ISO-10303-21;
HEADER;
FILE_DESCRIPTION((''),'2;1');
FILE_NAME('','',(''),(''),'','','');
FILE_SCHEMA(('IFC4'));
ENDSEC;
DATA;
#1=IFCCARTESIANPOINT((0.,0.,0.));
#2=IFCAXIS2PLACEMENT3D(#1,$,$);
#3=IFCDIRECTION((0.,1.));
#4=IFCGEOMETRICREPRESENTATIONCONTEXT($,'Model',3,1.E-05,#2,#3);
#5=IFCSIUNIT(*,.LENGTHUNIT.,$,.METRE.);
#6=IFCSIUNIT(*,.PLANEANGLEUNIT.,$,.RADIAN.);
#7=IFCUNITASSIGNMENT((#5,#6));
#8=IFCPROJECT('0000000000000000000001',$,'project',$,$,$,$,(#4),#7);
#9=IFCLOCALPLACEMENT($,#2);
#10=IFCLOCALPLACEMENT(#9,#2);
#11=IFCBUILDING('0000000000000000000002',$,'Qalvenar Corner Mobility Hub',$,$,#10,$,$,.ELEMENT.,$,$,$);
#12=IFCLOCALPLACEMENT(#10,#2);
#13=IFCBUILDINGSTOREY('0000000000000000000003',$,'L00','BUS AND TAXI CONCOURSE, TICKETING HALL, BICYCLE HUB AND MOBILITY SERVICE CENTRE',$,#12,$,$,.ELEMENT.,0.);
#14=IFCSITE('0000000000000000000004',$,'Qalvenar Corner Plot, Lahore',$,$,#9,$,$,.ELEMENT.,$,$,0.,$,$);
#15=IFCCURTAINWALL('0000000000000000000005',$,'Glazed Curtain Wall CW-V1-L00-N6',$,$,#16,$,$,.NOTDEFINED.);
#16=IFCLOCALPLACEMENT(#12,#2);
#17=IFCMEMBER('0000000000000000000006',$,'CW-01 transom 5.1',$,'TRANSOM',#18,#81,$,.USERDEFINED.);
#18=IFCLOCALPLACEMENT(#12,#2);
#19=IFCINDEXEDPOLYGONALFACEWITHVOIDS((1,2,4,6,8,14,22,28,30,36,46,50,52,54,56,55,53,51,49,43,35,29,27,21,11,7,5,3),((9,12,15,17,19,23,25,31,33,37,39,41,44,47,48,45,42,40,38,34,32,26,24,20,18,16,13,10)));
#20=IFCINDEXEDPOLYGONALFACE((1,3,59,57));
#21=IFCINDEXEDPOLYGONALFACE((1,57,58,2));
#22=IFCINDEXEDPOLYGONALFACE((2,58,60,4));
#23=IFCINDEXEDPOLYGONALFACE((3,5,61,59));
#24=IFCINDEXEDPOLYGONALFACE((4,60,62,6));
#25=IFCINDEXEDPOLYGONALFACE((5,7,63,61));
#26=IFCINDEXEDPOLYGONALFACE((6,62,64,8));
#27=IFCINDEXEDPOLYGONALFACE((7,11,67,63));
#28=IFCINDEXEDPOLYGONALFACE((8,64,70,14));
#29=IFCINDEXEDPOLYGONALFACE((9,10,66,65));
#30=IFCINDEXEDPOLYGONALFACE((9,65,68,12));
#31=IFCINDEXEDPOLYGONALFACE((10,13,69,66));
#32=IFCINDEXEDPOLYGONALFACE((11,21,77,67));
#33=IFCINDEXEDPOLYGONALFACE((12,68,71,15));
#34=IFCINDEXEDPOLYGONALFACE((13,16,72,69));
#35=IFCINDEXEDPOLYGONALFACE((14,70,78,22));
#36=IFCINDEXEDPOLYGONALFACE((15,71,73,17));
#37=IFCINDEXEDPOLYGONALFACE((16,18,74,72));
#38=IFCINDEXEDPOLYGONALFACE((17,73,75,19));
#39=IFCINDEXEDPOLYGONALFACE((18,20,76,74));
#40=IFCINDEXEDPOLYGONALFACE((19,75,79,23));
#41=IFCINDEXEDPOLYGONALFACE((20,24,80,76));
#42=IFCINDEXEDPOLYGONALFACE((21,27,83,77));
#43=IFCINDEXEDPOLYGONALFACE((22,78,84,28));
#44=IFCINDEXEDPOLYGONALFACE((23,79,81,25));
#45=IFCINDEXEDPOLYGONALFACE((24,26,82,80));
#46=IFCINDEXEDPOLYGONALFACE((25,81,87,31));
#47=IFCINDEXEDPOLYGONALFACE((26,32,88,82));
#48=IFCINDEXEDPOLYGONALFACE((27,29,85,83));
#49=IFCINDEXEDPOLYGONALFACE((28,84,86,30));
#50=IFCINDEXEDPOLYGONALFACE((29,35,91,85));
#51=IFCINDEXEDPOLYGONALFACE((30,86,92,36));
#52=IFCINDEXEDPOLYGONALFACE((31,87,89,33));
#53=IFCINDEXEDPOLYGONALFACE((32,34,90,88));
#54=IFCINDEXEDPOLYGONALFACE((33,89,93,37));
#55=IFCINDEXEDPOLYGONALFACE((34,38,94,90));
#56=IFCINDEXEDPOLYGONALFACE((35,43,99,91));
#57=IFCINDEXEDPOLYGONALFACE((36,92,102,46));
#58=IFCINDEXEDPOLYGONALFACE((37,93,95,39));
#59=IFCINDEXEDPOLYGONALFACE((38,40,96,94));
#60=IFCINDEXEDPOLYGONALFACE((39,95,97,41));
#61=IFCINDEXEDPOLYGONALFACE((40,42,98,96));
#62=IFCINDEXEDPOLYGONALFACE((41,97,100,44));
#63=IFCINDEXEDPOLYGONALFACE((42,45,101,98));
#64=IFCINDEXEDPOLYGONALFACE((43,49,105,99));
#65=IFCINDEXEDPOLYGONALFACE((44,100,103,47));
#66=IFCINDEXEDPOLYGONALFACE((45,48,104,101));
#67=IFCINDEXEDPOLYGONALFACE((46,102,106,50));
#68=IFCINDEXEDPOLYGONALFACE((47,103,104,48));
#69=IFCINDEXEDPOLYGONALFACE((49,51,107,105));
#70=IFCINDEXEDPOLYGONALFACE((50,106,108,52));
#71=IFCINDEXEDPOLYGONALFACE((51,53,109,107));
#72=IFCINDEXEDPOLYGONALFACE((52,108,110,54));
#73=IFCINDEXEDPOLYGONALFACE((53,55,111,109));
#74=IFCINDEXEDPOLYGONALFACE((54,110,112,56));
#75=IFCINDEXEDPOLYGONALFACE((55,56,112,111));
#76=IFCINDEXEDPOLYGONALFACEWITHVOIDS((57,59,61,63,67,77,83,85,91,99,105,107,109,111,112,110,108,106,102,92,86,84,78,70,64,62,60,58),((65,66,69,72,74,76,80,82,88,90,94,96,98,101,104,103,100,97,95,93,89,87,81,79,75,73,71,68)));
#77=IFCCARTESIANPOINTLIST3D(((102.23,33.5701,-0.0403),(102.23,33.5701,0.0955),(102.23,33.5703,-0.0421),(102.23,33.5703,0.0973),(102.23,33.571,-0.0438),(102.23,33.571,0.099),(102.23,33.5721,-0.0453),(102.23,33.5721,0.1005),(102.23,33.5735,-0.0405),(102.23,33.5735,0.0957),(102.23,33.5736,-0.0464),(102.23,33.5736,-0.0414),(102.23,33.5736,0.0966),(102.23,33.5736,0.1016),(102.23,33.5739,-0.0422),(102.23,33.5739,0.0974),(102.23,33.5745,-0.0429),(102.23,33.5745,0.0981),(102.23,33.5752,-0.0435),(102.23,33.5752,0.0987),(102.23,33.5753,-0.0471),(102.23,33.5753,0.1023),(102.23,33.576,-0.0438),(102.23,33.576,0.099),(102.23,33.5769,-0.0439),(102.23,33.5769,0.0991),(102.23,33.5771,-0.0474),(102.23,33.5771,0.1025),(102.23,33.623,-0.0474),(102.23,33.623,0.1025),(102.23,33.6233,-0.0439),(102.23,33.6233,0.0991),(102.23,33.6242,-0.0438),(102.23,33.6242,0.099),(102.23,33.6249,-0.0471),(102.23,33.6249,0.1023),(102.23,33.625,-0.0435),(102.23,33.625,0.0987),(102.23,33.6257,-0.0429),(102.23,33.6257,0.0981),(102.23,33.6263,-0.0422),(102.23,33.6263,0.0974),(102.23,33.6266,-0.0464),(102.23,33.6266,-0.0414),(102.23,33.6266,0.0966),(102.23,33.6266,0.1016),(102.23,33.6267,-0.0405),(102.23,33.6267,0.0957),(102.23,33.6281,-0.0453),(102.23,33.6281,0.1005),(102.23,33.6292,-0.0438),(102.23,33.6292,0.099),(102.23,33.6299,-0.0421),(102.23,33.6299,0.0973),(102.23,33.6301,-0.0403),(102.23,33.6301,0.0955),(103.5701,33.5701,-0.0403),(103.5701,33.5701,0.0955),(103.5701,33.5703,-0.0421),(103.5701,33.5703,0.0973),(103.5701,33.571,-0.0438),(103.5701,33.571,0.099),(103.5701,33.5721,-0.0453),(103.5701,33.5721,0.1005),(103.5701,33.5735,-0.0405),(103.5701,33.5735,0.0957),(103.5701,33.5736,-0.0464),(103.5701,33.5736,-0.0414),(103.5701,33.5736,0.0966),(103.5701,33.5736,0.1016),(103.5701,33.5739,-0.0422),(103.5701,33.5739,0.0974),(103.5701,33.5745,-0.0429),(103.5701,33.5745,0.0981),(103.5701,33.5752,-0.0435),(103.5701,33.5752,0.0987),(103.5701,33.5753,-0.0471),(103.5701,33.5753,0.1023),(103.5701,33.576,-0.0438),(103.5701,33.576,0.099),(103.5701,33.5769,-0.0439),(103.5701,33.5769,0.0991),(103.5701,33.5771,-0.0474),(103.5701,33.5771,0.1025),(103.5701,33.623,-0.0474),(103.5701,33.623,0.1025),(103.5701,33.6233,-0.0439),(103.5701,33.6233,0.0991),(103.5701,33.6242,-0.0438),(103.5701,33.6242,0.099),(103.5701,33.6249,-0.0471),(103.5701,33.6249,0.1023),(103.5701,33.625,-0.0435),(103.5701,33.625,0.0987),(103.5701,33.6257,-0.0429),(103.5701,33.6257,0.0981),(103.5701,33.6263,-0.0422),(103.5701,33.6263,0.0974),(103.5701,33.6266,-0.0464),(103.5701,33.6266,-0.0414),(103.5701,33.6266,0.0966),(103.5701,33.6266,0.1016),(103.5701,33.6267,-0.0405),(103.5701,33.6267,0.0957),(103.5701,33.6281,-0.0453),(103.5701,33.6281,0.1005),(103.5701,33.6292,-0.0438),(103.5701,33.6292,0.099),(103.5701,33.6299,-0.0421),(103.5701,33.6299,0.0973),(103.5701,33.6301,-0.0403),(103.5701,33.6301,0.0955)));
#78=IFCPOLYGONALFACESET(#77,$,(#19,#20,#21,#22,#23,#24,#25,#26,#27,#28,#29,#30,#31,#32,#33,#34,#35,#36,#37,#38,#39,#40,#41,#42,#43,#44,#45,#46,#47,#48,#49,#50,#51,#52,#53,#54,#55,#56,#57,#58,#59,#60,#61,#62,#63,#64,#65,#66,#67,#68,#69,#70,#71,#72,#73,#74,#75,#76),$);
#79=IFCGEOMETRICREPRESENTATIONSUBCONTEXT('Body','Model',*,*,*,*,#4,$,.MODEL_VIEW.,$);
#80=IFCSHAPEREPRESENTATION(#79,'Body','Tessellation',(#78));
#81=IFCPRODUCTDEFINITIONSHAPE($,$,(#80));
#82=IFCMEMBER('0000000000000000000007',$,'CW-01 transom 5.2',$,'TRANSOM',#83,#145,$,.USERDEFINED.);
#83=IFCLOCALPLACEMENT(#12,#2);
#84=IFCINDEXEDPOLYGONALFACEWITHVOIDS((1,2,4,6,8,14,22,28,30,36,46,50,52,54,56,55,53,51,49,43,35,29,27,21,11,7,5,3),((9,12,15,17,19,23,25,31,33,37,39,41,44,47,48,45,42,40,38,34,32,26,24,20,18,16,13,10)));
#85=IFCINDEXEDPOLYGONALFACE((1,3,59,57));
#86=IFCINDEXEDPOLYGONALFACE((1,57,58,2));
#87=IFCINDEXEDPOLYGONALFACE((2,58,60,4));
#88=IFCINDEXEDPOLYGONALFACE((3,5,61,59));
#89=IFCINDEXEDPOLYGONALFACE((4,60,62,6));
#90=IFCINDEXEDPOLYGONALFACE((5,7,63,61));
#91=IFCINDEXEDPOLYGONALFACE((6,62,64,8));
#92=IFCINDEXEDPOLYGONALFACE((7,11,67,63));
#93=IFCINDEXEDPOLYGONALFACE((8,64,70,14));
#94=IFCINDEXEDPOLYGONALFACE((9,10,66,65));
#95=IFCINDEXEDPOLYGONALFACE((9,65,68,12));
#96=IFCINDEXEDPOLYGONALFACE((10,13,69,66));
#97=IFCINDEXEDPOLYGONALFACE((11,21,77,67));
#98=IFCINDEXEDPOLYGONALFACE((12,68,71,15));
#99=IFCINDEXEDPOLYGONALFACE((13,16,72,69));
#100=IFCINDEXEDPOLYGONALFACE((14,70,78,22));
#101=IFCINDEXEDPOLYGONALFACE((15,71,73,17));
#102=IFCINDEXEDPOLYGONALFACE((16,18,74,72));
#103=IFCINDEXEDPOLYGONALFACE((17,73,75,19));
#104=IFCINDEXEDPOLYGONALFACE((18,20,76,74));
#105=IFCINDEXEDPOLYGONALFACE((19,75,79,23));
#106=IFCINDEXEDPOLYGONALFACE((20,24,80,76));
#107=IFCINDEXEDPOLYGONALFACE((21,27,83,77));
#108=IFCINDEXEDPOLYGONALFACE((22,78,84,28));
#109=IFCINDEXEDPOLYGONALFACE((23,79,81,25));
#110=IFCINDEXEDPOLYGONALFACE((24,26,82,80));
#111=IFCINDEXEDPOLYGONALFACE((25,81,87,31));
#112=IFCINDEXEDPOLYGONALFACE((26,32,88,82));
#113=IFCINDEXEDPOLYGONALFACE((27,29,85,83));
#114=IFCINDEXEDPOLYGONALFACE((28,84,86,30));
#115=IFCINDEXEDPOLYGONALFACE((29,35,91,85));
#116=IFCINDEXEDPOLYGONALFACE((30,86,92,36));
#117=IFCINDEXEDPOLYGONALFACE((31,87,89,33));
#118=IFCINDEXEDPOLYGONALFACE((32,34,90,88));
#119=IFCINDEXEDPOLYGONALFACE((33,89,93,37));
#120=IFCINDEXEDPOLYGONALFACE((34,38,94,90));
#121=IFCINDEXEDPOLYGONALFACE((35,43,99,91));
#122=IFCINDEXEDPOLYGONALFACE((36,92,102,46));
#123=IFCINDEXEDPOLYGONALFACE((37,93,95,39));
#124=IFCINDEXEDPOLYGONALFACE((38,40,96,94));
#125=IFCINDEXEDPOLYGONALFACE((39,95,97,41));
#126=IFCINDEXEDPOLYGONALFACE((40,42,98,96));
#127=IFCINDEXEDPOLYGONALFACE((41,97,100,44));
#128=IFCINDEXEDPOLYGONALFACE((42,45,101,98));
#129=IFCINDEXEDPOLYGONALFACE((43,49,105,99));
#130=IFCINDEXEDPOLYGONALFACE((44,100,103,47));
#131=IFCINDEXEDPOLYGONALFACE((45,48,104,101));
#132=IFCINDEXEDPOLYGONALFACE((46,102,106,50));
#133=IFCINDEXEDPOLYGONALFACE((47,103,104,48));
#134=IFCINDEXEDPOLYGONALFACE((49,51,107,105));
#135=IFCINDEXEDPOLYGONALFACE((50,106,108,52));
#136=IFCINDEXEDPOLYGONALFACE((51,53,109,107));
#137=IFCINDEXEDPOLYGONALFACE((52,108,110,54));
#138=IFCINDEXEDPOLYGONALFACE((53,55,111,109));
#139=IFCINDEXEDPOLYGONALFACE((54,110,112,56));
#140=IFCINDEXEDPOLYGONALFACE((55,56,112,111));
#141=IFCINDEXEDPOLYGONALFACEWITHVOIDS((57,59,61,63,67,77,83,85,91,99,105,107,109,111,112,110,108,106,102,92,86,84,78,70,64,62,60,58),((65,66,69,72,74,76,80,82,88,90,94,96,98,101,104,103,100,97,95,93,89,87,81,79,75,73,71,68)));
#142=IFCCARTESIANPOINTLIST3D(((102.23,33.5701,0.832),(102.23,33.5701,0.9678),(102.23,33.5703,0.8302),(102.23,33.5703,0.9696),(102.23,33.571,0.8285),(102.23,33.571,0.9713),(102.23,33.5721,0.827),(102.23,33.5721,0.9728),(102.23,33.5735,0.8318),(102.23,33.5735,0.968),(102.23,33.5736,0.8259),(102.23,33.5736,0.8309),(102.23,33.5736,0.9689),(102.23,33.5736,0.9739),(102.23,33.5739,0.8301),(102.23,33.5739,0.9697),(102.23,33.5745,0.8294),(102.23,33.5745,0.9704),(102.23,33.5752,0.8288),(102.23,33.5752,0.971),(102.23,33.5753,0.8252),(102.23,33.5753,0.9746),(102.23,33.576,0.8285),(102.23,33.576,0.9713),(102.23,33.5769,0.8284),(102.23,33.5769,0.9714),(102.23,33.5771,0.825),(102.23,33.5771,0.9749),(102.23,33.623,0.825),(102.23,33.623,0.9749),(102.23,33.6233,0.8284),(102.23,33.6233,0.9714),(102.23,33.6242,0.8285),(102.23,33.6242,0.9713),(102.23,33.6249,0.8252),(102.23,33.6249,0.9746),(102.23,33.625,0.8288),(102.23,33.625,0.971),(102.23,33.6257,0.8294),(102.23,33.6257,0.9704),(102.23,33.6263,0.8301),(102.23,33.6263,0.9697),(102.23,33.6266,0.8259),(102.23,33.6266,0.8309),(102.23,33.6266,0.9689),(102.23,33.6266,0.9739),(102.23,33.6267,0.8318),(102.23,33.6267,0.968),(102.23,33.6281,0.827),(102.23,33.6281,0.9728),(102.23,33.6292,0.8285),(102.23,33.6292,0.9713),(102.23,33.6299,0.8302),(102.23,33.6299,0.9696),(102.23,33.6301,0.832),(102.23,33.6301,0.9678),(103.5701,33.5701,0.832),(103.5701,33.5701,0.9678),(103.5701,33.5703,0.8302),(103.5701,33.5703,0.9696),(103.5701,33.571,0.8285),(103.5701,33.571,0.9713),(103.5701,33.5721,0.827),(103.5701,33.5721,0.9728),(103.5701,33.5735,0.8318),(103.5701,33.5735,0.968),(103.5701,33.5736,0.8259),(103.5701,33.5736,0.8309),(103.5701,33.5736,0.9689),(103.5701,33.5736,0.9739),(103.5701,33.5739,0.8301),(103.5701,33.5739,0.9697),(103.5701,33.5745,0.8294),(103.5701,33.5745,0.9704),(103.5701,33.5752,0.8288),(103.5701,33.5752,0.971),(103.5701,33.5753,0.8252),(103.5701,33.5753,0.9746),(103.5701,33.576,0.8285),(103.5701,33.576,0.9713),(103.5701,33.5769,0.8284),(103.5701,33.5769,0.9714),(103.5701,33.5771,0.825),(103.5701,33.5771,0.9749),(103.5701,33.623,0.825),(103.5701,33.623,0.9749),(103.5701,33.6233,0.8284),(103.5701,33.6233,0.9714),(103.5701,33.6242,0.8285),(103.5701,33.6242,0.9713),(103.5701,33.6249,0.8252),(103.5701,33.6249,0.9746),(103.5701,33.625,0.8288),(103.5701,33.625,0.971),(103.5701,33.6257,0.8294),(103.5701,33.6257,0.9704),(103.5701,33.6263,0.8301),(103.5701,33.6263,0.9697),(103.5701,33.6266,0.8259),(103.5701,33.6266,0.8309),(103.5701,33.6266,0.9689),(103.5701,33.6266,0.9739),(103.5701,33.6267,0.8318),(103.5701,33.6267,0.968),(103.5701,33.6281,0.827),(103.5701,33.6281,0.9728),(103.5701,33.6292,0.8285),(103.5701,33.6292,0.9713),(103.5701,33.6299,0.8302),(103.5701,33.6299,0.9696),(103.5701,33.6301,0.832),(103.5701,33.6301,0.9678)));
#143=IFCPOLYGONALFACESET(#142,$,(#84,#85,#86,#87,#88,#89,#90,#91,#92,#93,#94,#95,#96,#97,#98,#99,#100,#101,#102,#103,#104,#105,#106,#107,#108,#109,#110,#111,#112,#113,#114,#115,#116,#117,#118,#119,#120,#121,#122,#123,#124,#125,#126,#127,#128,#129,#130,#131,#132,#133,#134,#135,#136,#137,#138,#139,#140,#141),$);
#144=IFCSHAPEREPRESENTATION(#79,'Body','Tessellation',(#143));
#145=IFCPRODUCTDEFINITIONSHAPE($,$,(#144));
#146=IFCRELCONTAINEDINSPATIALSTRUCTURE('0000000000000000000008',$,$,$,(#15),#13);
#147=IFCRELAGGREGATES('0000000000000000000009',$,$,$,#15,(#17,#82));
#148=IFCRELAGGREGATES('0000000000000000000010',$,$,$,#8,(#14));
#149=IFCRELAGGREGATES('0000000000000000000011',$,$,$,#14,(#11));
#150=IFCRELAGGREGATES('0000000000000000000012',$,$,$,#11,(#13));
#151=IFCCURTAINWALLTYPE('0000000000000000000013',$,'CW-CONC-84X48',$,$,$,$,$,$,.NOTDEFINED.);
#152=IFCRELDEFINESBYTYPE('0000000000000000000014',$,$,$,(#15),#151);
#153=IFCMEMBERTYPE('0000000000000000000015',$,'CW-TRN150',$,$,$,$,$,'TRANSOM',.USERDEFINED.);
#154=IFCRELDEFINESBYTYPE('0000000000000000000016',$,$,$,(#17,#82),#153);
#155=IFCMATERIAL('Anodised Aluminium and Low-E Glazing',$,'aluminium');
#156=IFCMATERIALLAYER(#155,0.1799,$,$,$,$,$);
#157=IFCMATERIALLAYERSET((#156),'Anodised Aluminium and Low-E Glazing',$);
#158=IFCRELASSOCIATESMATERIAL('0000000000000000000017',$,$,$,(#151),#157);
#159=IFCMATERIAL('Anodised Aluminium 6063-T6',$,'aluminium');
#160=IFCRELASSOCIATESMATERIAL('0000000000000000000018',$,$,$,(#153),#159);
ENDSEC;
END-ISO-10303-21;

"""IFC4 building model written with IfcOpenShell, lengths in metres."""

from ifc_helpers import new_model, si_unit, direction, frame, origin, origin_2d, place, context, subcontext, project, spatial, hollow_rectangle, extrude, material, layer, layer_set, material_profile, profile_set, type_object, element, aggregate, save


model = new_model("IFC4")

# Units and contexts
model_context = context("Model", 3, precision=1e-05, world=origin(), true_north=direction((0.0, 1.0)))
body_context = subcontext(model_context, "Body", "Model", "MODEL_VIEW")
ifc_project = project(units=[si_unit("LENGTHUNIT", "METRE"), si_unit("PLANEANGLEUNIT", "RADIAN")], contexts=[model_context])

# Site, building, storey
site_placement = place(None, origin())
site = spatial("IfcSite", under=ifc_project, at=site_placement, Name="Qalvenar Corner Plot, Lahore", CompositionType="ELEMENT", RefElevation=0.0)
building_placement = place(site_placement, origin())
building = spatial("IfcBuilding", under=site, at=building_placement, Name="Qalvenar Corner Mobility Hub", CompositionType="ELEMENT")
storey_placement = place(building_placement, origin())
storey = spatial("IfcBuildingStorey", under=building, at=storey_placement, Name="L00", Description="BUS AND TAXI CONCOURSE, TICKETING HALL, BICYCLE HUB AND MOBILITY SERVICE CENTRE", CompositionType="ELEMENT", Elevation=0.0)

# Curtain wall, members
ifc_material_1 = material(Name="Anodised Aluminium and Low-E Glazing", Category="aluminium")
ifc_layer_1 = layer(ifc_material_1, 0.1799)
ifc_layer_set_1 = layer_set([ifc_layer_1], Name="Anodised Aluminium and Low-E Glazing")
curtain_wall_type = type_object("IfcCurtainWallType", Name="CW-CONC-84X48", PredefinedType="NOTDEFINED", material=ifc_layer_set_1)
curtain_wall_placement = place(storey_placement, origin())
curtain_wall = element("IfcCurtainWall", 1, at=curtain_wall_placement, inside=storey, type_object=curtain_wall_type, Name="Glazed Curtain Wall CW-V1-L00-N6", PredefinedType="NOTDEFINED")
ifc_material_2 = material(Name="Anodised Aluminium 6063-T6", Category="aluminium")
ifc_material_profile_1 = material_profile(ifc_material_2, hollow_rectangle(XDim=0.0601, YDim=0.1499, WallThickness=0.0034, InnerFilletRadius=0.0034, OuterFilletRadius=0.0071, at=origin_2d()), Name="RHS150x60x3.5")
ifc_profile_set_1 = profile_set([ifc_material_profile_1], Name="Anodised Aluminium 6063-T6")
member_type_1 = type_object("IfcMemberType", Name="CW-TRN150", ElementType="TRANSOM", PredefinedType="USERDEFINED", material=ifc_profile_set_1)
member_1_placement = place(storey_placement, frame((103.5701, 33.6001, 0.0276), z_axis=(-1.0, 0.0, 0.0), x_axis=(0.0, -1.0, 0.0)))
member_1 = element("IfcMember", 2, at=member_1_placement, type_object=member_type_1, Name="CW-01 transom 5.1", ObjectType="TRANSOM", PredefinedType="USERDEFINED", context=body_context, shape_type="SweptSolid", body=[
    extrude(hollow_rectangle(XDim=0.0601, YDim=0.1499, WallThickness=0.0034, InnerFilletRadius=0.0034, OuterFilletRadius=0.0071, at=origin_2d()), origin(), (0.0, 0.0, 1.0), 1.3401),
])
member_2_placement = place(storey_placement, frame((103.5701, 33.6001, 0.8999), z_axis=(-1.0, 0.0, 0.0), x_axis=(0.0, -1.0, 0.0)))
member_2 = element("IfcMember", 3, at=member_2_placement, type_object=member_type_1, Name="CW-01 transom 5.2", ObjectType="TRANSOM", PredefinedType="USERDEFINED", context=body_context, shape_type="SweptSolid", body=[
    extrude(hollow_rectangle(XDim=0.0601, YDim=0.1499, WallThickness=0.0034, InnerFilletRadius=0.0034, OuterFilletRadius=0.0071, at=origin_2d()), origin(), (0.0, 0.0, 1.0), 1.3401),
])
aggregate(curtain_wall, [member_1, member_2])

save(model, "model.ifc")
